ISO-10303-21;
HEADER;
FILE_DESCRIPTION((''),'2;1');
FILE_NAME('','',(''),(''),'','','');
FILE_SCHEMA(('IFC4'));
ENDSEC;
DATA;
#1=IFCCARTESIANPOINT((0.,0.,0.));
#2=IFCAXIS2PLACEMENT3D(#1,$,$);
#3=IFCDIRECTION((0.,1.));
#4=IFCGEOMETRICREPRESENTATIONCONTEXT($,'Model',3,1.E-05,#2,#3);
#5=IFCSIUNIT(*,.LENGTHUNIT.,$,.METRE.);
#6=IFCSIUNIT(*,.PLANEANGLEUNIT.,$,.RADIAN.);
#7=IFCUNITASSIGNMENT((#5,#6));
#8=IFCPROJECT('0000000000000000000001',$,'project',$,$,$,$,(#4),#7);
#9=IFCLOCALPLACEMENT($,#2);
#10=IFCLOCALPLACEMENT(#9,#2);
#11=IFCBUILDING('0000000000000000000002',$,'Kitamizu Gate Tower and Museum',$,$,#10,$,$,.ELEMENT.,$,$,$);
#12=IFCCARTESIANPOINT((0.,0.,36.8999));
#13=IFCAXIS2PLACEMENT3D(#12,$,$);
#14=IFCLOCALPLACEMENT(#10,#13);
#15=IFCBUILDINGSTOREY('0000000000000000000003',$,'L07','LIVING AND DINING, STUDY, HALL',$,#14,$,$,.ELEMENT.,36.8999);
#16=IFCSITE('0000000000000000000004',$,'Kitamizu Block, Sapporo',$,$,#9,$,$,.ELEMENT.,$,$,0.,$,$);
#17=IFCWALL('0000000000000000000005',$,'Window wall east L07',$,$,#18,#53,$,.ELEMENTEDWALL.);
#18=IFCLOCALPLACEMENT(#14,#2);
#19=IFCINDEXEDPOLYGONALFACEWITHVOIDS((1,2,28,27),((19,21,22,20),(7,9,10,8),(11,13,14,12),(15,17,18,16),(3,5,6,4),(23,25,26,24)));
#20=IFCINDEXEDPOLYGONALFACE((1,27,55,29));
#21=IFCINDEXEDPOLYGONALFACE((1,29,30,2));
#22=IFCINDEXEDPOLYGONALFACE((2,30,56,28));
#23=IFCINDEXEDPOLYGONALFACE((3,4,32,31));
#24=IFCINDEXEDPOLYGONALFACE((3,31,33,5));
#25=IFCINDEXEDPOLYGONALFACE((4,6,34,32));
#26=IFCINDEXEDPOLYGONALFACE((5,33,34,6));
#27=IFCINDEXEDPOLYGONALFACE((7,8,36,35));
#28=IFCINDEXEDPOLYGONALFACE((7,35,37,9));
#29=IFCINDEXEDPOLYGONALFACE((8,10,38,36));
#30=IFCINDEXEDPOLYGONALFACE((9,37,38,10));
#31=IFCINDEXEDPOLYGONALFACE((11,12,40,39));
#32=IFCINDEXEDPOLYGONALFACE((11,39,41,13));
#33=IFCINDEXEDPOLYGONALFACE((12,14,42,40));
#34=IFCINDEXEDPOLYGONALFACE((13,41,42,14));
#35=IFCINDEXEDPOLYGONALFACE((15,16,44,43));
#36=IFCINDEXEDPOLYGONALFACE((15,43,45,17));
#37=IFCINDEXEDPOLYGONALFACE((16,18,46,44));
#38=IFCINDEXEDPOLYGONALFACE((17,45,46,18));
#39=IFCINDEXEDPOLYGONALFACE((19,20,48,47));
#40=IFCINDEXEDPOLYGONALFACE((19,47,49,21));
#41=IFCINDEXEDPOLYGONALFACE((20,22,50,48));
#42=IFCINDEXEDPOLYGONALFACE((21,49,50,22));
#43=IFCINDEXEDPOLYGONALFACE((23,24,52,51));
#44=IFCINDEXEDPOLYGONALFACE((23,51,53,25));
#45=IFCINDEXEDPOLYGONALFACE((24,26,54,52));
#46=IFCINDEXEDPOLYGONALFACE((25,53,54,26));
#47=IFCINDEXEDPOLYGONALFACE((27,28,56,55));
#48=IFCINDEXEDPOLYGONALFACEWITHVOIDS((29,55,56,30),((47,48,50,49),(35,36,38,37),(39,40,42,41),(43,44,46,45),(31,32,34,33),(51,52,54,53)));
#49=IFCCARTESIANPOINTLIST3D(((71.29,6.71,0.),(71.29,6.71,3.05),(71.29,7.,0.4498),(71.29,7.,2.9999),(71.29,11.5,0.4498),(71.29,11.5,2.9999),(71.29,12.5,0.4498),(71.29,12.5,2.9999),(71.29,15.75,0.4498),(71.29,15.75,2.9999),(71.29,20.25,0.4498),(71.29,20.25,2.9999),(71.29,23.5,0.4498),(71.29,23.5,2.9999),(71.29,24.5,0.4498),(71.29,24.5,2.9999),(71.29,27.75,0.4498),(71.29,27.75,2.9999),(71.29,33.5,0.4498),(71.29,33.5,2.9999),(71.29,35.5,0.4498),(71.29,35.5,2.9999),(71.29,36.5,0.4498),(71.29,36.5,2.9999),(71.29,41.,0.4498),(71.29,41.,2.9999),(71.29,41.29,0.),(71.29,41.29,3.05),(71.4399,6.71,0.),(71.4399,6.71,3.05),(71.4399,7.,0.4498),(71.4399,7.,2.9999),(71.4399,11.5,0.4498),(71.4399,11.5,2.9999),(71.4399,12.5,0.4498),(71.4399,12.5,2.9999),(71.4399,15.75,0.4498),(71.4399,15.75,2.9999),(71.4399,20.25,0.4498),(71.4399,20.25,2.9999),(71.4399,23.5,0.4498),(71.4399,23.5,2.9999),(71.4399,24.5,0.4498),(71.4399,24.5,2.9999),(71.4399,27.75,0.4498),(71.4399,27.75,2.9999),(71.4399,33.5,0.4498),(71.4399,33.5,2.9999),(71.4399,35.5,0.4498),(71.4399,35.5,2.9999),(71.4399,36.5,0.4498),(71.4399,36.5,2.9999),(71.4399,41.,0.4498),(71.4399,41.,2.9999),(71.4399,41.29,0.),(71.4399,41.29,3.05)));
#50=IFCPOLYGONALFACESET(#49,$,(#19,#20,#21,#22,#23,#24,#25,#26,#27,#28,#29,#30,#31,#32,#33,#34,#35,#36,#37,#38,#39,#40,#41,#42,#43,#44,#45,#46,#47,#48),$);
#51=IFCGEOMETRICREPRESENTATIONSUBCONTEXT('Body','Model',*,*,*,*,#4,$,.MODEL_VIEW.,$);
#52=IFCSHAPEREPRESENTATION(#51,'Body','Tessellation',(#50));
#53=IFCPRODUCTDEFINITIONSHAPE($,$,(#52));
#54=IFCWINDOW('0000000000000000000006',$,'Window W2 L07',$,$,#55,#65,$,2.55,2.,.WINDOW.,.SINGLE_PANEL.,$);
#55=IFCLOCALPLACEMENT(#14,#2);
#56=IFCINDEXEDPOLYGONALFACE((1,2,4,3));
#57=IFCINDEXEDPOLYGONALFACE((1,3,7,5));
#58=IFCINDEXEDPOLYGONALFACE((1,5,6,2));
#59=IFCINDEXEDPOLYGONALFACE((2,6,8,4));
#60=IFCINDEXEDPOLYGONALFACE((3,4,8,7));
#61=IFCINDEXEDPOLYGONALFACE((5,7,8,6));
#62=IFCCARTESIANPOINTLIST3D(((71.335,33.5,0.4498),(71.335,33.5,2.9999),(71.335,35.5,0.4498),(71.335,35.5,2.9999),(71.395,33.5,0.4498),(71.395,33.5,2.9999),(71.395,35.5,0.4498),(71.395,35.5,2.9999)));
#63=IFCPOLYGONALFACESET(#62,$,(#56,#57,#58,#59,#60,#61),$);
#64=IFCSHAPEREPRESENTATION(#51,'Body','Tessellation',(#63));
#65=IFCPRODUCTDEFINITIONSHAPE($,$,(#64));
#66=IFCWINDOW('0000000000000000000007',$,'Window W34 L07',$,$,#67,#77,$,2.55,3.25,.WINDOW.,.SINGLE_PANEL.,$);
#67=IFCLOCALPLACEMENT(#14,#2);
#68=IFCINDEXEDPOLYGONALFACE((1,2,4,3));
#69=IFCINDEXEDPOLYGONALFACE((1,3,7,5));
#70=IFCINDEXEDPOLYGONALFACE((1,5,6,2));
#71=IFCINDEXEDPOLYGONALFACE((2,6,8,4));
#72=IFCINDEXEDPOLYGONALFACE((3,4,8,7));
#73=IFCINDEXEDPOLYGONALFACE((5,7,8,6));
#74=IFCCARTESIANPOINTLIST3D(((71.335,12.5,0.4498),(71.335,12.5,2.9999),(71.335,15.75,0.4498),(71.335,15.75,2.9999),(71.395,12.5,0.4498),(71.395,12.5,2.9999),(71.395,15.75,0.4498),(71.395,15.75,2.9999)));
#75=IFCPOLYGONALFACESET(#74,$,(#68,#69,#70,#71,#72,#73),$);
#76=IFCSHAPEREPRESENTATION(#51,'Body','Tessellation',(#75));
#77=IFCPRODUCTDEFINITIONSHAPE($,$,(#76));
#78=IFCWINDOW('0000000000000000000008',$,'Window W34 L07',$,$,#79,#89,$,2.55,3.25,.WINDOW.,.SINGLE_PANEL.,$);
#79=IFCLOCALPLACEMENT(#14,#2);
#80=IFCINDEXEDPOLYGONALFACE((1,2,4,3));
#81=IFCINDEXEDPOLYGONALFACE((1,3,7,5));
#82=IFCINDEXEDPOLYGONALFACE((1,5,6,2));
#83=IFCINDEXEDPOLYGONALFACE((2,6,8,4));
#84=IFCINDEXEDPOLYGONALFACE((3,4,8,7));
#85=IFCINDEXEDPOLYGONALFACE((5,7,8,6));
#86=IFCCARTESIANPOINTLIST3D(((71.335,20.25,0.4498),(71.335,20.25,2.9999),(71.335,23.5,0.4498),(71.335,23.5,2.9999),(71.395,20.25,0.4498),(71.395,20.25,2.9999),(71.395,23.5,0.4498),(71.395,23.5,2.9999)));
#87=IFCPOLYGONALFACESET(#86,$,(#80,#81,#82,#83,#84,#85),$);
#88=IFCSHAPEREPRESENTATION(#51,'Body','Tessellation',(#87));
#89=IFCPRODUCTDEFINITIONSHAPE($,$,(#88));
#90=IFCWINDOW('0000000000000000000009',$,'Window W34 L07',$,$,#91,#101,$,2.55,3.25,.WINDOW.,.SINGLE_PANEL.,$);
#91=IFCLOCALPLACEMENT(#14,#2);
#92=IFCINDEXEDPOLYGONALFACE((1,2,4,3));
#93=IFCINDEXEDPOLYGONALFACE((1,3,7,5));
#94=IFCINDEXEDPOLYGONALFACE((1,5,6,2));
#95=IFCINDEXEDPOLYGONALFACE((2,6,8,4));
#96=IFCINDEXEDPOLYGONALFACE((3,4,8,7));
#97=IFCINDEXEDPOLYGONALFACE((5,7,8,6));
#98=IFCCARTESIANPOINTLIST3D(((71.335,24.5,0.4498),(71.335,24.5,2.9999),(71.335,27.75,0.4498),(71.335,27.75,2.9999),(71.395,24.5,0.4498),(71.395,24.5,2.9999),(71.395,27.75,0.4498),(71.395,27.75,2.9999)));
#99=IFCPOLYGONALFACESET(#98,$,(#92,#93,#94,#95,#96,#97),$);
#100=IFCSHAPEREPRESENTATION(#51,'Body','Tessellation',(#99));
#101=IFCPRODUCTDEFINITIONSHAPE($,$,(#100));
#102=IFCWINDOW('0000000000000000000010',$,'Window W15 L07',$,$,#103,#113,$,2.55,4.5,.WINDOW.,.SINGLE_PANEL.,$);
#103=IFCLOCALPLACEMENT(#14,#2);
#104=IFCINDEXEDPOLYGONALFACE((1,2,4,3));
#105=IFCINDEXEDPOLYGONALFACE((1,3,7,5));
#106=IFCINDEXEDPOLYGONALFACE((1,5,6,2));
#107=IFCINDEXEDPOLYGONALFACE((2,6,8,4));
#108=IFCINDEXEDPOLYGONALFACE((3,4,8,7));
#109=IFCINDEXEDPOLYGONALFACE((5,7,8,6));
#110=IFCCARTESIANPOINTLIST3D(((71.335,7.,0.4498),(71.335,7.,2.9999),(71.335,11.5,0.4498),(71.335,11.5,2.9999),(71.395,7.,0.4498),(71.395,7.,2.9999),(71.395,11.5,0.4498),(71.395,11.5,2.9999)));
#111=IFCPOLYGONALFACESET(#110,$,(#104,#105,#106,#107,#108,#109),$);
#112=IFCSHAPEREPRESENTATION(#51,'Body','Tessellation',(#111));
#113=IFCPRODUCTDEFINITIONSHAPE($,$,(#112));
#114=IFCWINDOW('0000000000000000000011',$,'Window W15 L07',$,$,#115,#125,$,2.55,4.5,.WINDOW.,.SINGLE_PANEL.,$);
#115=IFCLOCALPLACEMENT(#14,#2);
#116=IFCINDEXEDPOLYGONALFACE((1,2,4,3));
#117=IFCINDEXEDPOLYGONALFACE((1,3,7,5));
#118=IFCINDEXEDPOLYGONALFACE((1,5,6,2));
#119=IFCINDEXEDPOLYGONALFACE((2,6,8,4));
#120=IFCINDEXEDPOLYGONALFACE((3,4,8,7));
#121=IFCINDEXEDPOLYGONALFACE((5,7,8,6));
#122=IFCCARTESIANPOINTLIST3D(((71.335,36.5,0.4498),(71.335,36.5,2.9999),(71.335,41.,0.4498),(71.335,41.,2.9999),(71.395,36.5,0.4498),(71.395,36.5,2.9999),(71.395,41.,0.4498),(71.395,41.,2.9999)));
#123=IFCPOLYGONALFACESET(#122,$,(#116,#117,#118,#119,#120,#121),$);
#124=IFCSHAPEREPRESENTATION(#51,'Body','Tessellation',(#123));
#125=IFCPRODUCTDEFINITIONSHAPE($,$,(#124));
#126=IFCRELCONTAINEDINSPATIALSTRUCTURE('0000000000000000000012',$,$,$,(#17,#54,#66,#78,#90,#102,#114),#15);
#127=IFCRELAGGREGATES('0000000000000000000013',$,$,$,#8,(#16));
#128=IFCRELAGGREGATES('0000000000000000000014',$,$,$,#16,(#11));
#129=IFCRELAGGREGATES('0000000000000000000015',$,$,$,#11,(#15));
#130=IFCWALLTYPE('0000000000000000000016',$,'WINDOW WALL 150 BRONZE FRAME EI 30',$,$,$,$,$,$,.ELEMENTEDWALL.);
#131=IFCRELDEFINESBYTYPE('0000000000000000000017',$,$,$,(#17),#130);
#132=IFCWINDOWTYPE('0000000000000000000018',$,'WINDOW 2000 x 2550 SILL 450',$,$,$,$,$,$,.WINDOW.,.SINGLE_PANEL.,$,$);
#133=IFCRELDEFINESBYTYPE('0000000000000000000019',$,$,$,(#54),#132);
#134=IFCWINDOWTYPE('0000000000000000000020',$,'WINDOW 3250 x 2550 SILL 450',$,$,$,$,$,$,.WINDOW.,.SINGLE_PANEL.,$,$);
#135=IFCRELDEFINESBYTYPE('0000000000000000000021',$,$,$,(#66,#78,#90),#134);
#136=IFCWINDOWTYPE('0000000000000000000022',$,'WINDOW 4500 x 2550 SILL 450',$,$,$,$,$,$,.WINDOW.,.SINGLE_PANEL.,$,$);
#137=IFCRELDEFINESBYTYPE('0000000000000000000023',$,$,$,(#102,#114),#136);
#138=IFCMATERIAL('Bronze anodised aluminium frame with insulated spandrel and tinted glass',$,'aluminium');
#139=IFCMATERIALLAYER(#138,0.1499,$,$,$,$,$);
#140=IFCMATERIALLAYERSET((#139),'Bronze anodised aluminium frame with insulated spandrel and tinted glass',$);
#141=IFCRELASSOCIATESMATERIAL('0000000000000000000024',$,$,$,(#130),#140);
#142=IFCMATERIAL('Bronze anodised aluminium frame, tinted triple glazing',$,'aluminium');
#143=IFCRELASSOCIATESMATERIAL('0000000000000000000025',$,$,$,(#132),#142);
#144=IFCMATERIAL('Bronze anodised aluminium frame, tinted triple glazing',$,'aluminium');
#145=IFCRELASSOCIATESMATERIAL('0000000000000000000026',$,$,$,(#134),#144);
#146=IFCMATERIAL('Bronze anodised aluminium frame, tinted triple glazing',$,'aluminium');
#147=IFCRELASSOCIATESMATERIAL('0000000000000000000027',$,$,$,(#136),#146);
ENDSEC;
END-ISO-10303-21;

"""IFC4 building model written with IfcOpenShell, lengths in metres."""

from ifc_helpers import new_model, si_unit, direction, frame, frame_2d, origin, place, context, subcontext, project, spatial, rectangle, extrude, material, layer, layer_set, type_object, element, fill, save


model = new_model("IFC4")

# Units and contexts
model_context = context("Model", 3, precision=1e-05, world=origin(), true_north=direction((0.0, 1.0)))
body_context = subcontext(model_context, "Body", "Model", "MODEL_VIEW")
ifc_project = project(units=[si_unit("LENGTHUNIT", "METRE"), si_unit("PLANEANGLEUNIT", "RADIAN")], contexts=[model_context])

# Site, building, storey
site_placement = place(None, origin())
site = spatial("IfcSite", under=ifc_project, at=site_placement, Name="Kitamizu Block, Sapporo", CompositionType="ELEMENT", RefElevation=0.0)
building_placement = place(site_placement, origin())
building = spatial("IfcBuilding", under=site, at=building_placement, Name="Kitamizu Gate Tower and Museum", CompositionType="ELEMENT")
storey_placement = place(building_placement, frame((0.0, 0.0, 36.8999)))
storey = spatial("IfcBuildingStorey", under=building, at=storey_placement, Name="L07", Description="LIVING AND DINING, STUDY, HALL", CompositionType="ELEMENT", Elevation=36.8999)

# Shared definitions
ifc_material_1 = material(Name="Bronze anodised aluminium frame with insulated spandrel and tinted glass", Category="aluminium")
ifc_layer_1 = layer(ifc_material_1, 0.1499)
ifc_layer_set_1 = layer_set([ifc_layer_1], Name="Bronze anodised aluminium frame with insulated spandrel and tinted glass")
wall_type_1 = type_object("IfcWallType", Name="WINDOW WALL 150 BRONZE FRAME EI 30", PredefinedType="ELEMENTEDWALL", material=ifc_layer_set_1)

# Wall, openings, windows
wall_1_placement = place(storey_placement, frame((71.365, 6.71, 0.0), z_axis=(0.0, 0.0, 1.0), x_axis=(0.0, 1.0, 0.0)))
wall_1 = element("IfcWall", 1, at=wall_1_placement, inside=storey, type_object=wall_type_1, Name="Window wall east L07", PredefinedType="ELEMENTEDWALL", context=body_context, shape_type="SweptSolid", body=[
    extrude(rectangle(XDim=34.5801, YDim=0.1499, at=frame_2d((17.29, 0.0))), origin(), (0.0, 0.0, 1.0), 3.05),
])
opening_1_placement = place(wall_1_placement, frame((0.29, 0.0, 0.45)))
opening_1 = element("IfcOpeningElement", 2, at=opening_1_placement, cuts=wall_1, PredefinedType="OPENING", context=body_context, shape_type="SweptSolid", body=[
    extrude(rectangle(XDim=4.5, YDim=2.55, at=frame_2d((2.25, 1.2749))), frame((0.0, 0.085, 0.0), z_axis=(0.0, -1.0, 0.0), x_axis=(1.0, 0.0, 0.0)), (0.0, 0.0, 1.0), 0.1699),
])
opening_2_placement = place(wall_1_placement, frame((5.79, 0.0, 0.45)))
opening_2 = element("IfcOpeningElement", 3, at=opening_2_placement, cuts=wall_1, PredefinedType="OPENING", context=body_context, shape_type="SweptSolid", body=[
    extrude(rectangle(XDim=3.25, YDim=2.55, at=frame_2d((1.625, 1.2749))), frame((0.0, 0.085, 0.0), z_axis=(0.0, -1.0, 0.0), x_axis=(1.0, 0.0, 0.0)), (0.0, 0.0, 1.0), 0.1699),
])
opening_3_placement = place(wall_1_placement, frame((13.54, 0.0, 0.45)))
opening_3 = element("IfcOpeningElement", 4, at=opening_3_placement, cuts=wall_1, PredefinedType="OPENING", context=body_context, shape_type="SweptSolid", body=[
    extrude(rectangle(XDim=3.25, YDim=2.55, at=frame_2d((1.625, 1.2749))), frame((0.0, 0.085, 0.0), z_axis=(0.0, -1.0, 0.0), x_axis=(1.0, 0.0, 0.0)), (0.0, 0.0, 1.0), 0.1699),
])
opening_4_placement = place(wall_1_placement, frame((17.79, 0.0, 0.45)))
opening_4 = element("IfcOpeningElement", 5, at=opening_4_placement, cuts=wall_1, PredefinedType="OPENING", context=body_context, shape_type="SweptSolid", body=[
    extrude(rectangle(XDim=3.25, YDim=2.55, at=frame_2d((1.625, 1.2749))), frame((0.0, 0.085, 0.0), z_axis=(0.0, -1.0, 0.0), x_axis=(1.0, 0.0, 0.0)), (0.0, 0.0, 1.0), 0.1699),
])
opening_5_placement = place(wall_1_placement, frame((26.79, 0.0, 0.45)))
opening_5 = element("IfcOpeningElement", 6, at=opening_5_placement, cuts=wall_1, PredefinedType="OPENING", context=body_context, shape_type="SweptSolid", body=[
    extrude(rectangle(XDim=2.0, YDim=2.55, at=frame_2d((1.0, 1.2749))), frame((0.0, 0.085, 0.0), z_axis=(0.0, -1.0, 0.0), x_axis=(1.0, 0.0, 0.0)), (0.0, 0.0, 1.0), 0.1699),
])
opening_6_placement = place(wall_1_placement, frame((29.79, 0.0, 0.45)))
opening_6 = element("IfcOpeningElement", 7, at=opening_6_placement, cuts=wall_1, PredefinedType="OPENING", context=body_context, shape_type="SweptSolid", body=[
    extrude(rectangle(XDim=4.5, YDim=2.55, at=frame_2d((2.25, 1.2749))), frame((0.0, 0.085, 0.0), z_axis=(0.0, -1.0, 0.0), x_axis=(1.0, 0.0, 0.0)), (0.0, 0.0, 1.0), 0.1699),
])
ifc_material_2 = material(Name="Bronze anodised aluminium frame, tinted triple glazing", Category="aluminium")
window_type_1 = type_object("IfcWindowType", Name="WINDOW 2000 x 2550 SILL 450", PartitioningType="SINGLE_PANEL", PredefinedType="WINDOW", material=ifc_material_2)
window_1_placement = place(opening_5_placement, origin())
window_1 = element("IfcWindow", 8, at=window_1_placement, inside=storey, type_object=window_type_1, Name="Window W2 L07", OverallHeight=2.55, OverallWidth=2.0, PartitioningType="SINGLE_PANEL", PredefinedType="WINDOW", context=body_context, shape_type="SweptSolid", body=[
    extrude(rectangle(XDim=2.0, YDim=2.55, at=frame_2d((1.0, 1.2749))), frame((0.0, 0.03, 0.0), z_axis=(0.0, -1.0, 0.0), x_axis=(1.0, 0.0, 0.0)), (0.0, 0.0, 1.0), 0.0601),
])
fill(opening_5, window_1)
ifc_material_3 = material(Name="Bronze anodised aluminium frame, tinted triple glazing", Category="aluminium")
window_type_2 = type_object("IfcWindowType", Name="WINDOW 3250 x 2550 SILL 450", PartitioningType="SINGLE_PANEL", PredefinedType="WINDOW", material=ifc_material_3)
window_2_placement = place(opening_2_placement, origin())
window_2 = element("IfcWindow", 9, at=window_2_placement, inside=storey, type_object=window_type_2, Name="Window W34 L07", OverallHeight=2.55, OverallWidth=3.25, PartitioningType="SINGLE_PANEL", PredefinedType="WINDOW", context=body_context, shape_type="SweptSolid", body=[
    extrude(rectangle(XDim=3.25, YDim=2.55, at=frame_2d((1.625, 1.2749))), frame((0.0, 0.03, 0.0), z_axis=(0.0, -1.0, 0.0), x_axis=(1.0, 0.0, 0.0)), (0.0, 0.0, 1.0), 0.0601),
])
fill(opening_2, window_2)
window_3_placement = place(opening_3_placement, origin())
window_3 = element("IfcWindow", 10, at=window_3_placement, inside=storey, type_object=window_type_2, Name="Window W34 L07", OverallHeight=2.55, OverallWidth=3.25, PartitioningType="SINGLE_PANEL", PredefinedType="WINDOW", context=body_context, shape_type="SweptSolid", body=[
    extrude(rectangle(XDim=3.25, YDim=2.55, at=frame_2d((1.625, 1.2749))), frame((0.0, 0.03, 0.0), z_axis=(0.0, -1.0, 0.0), x_axis=(1.0, 0.0, 0.0)), (0.0, 0.0, 1.0), 0.0601),
])
fill(opening_3, window_3)
window_4_placement = place(opening_4_placement, origin())
window_4 = element("IfcWindow", 11, at=window_4_placement, inside=storey, type_object=window_type_2, Name="Window W34 L07", OverallHeight=2.55, OverallWidth=3.25, PartitioningType="SINGLE_PANEL", PredefinedType="WINDOW", context=body_context, shape_type="SweptSolid", body=[
    extrude(rectangle(XDim=3.25, YDim=2.55, at=frame_2d((1.625, 1.2749))), frame((0.0, 0.03, 0.0), z_axis=(0.0, -1.0, 0.0), x_axis=(1.0, 0.0, 0.0)), (0.0, 0.0, 1.0), 0.0601),
])
fill(opening_4, window_4)
ifc_material_4 = material(Name="Bronze anodised aluminium frame, tinted triple glazing", Category="aluminium")
window_type_3 = type_object("IfcWindowType", Name="WINDOW 4500 x 2550 SILL 450", PartitioningType="SINGLE_PANEL", PredefinedType="WINDOW", material=ifc_material_4)
window_5_placement = place(opening_1_placement, origin())
window_5 = element("IfcWindow", 12, at=window_5_placement, inside=storey, type_object=window_type_3, Name="Window W15 L07", OverallHeight=2.55, OverallWidth=4.5, PartitioningType="SINGLE_PANEL", PredefinedType="WINDOW", context=body_context, shape_type="SweptSolid", body=[
    extrude(rectangle(XDim=4.5, YDim=2.55, at=frame_2d((2.25, 1.2749))), frame((0.0, 0.03, 0.0), z_axis=(0.0, -1.0, 0.0), x_axis=(1.0, 0.0, 0.0)), (0.0, 0.0, 1.0), 0.0601),
])
fill(opening_1, window_5)
window_6_placement = place(opening_6_placement, origin())
window_6 = element("IfcWindow", 13, at=window_6_placement, inside=storey, type_object=window_type_3, Name="Window W15 L07", OverallHeight=2.55, OverallWidth=4.5, PartitioningType="SINGLE_PANEL", PredefinedType="WINDOW", context=body_context, shape_type="SweptSolid", body=[
    extrude(rectangle(XDim=4.5, YDim=2.55, at=frame_2d((2.25, 1.2749))), frame((0.0, 0.03, 0.0), z_axis=(0.0, -1.0, 0.0), x_axis=(1.0, 0.0, 0.0)), (0.0, 0.0, 1.0), 0.0601),
])
fill(opening_6, window_6)

save(model, "model.ifc")
